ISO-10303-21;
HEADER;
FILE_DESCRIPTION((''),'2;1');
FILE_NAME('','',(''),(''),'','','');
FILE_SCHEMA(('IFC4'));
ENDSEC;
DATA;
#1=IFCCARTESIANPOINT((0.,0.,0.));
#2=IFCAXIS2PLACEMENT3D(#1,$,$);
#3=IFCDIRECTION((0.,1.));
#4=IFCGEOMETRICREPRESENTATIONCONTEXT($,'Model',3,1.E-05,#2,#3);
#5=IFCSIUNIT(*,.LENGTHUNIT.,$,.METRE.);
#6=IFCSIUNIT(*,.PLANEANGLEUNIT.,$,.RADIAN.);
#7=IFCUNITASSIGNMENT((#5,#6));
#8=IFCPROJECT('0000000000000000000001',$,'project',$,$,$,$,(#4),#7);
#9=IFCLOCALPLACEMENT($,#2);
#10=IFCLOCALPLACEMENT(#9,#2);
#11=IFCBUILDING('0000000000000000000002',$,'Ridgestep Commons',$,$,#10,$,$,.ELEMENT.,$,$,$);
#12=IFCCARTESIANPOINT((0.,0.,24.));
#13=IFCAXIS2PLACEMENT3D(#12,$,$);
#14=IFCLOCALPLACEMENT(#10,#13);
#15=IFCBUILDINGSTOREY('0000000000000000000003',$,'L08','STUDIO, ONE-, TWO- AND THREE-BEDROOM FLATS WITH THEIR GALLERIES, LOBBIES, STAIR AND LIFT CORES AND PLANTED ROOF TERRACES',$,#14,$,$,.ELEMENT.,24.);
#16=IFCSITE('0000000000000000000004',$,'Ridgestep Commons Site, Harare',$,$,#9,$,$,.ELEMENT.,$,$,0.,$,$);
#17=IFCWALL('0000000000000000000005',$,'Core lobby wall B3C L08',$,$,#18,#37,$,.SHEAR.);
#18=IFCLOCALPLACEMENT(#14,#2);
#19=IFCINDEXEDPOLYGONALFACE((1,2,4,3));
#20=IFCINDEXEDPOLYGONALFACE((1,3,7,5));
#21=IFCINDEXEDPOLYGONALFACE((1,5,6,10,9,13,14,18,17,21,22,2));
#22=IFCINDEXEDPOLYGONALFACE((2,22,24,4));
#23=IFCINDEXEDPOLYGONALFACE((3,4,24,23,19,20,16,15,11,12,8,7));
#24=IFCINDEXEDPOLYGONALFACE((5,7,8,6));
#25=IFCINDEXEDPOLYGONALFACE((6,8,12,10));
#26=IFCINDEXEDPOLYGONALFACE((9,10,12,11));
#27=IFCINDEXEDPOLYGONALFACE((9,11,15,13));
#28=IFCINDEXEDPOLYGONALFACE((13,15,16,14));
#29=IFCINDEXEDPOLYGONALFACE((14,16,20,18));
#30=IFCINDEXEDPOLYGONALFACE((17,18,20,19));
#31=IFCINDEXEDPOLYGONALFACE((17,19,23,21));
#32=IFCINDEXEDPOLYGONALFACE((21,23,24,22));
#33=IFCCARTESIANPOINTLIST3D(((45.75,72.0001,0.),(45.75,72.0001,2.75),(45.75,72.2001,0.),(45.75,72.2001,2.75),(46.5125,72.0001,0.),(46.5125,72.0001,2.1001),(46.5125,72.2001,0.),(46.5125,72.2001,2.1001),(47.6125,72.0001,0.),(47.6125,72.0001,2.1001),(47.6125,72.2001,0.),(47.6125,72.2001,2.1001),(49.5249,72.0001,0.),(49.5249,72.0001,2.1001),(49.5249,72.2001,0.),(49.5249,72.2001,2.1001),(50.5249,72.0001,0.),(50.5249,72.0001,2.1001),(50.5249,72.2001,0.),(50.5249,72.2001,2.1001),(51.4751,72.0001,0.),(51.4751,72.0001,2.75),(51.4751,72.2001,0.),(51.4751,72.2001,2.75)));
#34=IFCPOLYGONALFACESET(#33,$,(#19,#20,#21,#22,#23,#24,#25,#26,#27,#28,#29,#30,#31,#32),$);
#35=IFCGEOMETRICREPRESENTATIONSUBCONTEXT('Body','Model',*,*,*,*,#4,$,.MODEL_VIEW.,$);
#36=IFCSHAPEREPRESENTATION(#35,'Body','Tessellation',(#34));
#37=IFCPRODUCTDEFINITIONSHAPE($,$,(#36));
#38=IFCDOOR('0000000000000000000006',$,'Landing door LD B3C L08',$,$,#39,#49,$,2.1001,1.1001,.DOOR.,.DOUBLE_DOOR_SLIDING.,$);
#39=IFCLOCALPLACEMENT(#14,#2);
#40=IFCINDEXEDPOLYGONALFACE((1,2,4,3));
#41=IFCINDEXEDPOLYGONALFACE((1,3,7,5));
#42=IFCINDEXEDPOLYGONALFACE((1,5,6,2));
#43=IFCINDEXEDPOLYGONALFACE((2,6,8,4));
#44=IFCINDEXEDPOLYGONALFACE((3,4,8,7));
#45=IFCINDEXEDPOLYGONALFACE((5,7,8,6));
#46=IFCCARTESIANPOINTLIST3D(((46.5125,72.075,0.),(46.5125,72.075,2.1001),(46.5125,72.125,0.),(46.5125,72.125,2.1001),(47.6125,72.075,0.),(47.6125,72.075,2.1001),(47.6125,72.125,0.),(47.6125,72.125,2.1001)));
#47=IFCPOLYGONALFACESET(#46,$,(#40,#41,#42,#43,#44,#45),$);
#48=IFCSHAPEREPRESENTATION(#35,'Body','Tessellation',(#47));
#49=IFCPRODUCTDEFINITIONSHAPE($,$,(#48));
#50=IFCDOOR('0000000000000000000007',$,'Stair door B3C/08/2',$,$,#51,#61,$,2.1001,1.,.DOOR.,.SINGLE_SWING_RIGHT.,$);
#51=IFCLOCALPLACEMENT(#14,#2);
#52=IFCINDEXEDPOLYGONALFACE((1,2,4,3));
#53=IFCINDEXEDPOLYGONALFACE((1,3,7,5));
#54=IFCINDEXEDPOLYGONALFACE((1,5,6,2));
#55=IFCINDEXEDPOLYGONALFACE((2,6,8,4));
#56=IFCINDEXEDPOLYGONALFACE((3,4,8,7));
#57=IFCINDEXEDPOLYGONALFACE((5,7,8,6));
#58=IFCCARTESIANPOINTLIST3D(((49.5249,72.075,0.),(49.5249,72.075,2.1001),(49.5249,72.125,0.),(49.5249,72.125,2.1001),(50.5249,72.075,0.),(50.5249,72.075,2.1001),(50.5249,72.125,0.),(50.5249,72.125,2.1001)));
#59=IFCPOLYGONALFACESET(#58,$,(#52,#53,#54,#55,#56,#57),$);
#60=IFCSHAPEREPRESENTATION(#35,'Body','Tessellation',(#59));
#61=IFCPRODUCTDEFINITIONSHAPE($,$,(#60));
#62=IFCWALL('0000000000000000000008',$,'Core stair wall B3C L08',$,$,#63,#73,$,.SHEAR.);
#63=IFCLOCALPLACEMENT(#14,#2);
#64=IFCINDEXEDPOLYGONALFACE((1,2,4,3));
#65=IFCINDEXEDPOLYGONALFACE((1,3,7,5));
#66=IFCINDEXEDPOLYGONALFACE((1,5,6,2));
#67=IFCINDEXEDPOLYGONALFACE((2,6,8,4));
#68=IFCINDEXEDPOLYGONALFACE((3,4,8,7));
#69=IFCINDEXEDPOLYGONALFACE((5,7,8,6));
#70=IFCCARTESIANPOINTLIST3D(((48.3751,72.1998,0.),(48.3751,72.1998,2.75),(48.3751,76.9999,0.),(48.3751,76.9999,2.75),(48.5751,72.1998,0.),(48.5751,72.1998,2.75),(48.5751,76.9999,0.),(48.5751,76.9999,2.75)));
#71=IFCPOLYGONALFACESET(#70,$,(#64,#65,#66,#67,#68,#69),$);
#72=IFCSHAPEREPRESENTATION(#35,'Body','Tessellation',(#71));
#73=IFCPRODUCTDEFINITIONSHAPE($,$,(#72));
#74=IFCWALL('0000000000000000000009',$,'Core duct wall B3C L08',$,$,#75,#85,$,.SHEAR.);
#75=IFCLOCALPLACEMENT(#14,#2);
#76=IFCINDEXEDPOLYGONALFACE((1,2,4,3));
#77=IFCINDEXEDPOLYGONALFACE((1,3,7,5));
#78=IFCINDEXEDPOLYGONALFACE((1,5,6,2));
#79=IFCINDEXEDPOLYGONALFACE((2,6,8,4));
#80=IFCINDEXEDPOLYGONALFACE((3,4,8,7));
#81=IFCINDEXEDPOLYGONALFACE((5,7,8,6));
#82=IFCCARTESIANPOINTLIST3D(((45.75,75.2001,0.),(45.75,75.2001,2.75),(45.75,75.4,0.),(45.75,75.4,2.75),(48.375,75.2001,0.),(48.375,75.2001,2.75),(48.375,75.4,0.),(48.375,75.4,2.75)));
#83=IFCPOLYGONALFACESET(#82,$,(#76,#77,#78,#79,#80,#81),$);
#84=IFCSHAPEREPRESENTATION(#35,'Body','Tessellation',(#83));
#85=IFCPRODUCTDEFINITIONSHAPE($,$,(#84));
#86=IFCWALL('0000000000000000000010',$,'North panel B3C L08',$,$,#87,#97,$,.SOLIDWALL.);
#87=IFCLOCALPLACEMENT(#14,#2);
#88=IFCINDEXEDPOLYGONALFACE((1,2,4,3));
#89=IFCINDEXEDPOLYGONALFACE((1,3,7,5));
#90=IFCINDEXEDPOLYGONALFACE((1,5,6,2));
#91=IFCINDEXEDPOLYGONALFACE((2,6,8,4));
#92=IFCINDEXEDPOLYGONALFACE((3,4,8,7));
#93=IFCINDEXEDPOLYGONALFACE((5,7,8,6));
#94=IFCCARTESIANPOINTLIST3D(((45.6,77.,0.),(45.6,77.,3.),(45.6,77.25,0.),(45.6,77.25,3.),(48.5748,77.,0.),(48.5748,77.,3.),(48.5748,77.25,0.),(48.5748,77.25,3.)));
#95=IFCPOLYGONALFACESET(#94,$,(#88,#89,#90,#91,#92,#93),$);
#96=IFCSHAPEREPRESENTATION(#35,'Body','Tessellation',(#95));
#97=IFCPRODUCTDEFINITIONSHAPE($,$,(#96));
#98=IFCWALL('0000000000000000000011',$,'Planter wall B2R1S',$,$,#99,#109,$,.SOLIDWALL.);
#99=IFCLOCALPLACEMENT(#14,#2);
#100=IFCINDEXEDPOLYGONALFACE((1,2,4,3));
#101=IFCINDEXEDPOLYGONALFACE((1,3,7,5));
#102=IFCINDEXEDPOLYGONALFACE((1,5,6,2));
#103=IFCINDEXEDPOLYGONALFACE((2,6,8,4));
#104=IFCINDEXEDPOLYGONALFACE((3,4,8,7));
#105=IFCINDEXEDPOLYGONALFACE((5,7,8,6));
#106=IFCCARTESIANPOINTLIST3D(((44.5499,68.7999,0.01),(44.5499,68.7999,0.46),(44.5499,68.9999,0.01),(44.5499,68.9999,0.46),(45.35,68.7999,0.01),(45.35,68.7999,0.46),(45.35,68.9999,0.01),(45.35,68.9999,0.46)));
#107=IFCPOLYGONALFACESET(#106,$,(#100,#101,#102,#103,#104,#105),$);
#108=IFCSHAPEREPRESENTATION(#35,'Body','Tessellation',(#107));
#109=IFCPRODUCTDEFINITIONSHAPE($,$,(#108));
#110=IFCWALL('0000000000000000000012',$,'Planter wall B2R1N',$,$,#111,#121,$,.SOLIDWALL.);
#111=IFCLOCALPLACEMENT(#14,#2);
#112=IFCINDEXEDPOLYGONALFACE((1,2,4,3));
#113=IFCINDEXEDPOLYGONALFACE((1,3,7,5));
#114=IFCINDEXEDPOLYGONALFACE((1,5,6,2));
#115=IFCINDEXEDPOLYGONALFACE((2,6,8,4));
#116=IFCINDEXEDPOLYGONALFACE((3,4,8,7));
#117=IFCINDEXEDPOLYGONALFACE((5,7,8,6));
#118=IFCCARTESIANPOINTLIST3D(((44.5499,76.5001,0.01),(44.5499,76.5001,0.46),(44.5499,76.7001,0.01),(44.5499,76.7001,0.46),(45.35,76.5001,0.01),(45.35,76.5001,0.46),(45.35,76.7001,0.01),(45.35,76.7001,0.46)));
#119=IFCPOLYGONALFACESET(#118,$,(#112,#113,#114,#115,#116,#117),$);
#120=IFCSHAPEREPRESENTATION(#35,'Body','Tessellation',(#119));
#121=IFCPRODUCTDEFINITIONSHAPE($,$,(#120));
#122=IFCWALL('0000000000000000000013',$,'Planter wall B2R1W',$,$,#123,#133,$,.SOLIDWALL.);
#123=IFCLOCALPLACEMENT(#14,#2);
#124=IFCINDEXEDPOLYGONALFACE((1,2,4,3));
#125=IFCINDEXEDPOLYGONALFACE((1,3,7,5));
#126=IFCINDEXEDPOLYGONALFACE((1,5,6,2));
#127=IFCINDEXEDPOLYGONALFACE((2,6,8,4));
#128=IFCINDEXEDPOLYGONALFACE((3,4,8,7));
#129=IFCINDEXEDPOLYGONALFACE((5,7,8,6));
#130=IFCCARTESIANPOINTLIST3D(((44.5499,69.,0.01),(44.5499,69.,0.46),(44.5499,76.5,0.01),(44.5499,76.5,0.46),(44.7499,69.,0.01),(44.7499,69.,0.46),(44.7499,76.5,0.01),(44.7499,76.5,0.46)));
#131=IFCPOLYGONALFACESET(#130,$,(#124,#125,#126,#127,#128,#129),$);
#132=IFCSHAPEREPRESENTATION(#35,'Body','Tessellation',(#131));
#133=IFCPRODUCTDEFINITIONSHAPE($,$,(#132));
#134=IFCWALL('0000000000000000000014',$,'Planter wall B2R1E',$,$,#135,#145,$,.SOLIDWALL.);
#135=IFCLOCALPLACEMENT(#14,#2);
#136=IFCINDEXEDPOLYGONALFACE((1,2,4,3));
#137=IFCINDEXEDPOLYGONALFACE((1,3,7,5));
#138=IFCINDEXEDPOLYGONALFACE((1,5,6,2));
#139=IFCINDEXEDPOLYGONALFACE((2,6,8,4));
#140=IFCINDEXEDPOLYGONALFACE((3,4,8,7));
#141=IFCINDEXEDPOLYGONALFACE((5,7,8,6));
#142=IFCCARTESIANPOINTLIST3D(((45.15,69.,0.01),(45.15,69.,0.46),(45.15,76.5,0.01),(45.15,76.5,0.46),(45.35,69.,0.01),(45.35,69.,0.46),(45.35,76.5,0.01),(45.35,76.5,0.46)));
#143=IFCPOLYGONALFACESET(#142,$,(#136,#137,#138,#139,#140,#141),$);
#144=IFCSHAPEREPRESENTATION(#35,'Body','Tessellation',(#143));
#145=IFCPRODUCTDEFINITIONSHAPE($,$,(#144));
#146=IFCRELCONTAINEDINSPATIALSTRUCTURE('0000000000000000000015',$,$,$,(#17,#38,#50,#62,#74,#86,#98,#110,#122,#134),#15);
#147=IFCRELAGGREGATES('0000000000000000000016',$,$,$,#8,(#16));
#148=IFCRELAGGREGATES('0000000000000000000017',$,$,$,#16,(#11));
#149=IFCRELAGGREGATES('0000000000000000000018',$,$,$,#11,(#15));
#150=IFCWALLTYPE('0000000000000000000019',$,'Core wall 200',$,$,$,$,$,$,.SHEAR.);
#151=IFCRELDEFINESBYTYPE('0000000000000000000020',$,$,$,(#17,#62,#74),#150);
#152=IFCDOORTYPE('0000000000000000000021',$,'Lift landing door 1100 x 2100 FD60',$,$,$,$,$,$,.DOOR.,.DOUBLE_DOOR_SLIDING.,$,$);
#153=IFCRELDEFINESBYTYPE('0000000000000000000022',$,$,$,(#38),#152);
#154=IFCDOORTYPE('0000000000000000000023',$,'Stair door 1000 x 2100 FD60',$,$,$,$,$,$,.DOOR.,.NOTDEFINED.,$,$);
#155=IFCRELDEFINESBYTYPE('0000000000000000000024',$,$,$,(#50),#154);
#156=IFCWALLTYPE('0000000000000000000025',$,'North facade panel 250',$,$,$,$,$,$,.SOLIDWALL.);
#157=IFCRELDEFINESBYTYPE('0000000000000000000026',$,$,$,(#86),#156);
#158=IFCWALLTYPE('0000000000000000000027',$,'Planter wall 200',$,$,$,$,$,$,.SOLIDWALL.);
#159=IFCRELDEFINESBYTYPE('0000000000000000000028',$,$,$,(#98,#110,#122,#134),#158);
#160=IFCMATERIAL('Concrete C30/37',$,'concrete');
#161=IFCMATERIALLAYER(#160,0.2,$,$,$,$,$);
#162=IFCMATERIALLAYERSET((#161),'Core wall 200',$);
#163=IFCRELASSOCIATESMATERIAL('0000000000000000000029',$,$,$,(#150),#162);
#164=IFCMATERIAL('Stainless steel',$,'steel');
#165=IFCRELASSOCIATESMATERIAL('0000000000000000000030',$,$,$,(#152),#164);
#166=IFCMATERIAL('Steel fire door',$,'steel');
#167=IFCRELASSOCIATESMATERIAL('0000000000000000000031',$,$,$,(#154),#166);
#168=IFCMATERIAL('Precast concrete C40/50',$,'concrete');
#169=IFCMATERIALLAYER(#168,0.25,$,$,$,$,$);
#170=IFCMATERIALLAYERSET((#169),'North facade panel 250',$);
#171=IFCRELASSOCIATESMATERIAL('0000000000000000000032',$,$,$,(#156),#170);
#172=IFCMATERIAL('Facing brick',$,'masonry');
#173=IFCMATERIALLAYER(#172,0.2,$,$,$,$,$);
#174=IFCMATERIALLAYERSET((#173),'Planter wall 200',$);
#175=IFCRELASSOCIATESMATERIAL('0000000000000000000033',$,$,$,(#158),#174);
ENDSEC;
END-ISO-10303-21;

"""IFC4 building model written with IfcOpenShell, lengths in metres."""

from ifc_helpers import new_model, si_unit, direction, frame, frame_2d, origin, place, context, subcontext, project, spatial, rectangle, extrude, material, layer, layer_set, type_object, element, fill, save


model = new_model("IFC4")

# Units and contexts
model_context = context("Model", 3, precision=1e-05, world=origin(), true_north=direction((0.0, 1.0)))
body_context = subcontext(model_context, "Body", "Model", "MODEL_VIEW")
ifc_project = project(units=[si_unit("LENGTHUNIT", "METRE"), si_unit("PLANEANGLEUNIT", "RADIAN")], contexts=[model_context])

# Site, building, storey
site_placement = place(None, origin())
site = spatial("IfcSite", under=ifc_project, at=site_placement, Name="Ridgestep Commons Site, Harare", CompositionType="ELEMENT", RefElevation=0.0)
building_placement = place(site_placement, origin())
building = spatial("IfcBuilding", under=site, at=building_placement, Name="Ridgestep Commons", CompositionType="ELEMENT")
storey_placement = place(building_placement, frame((0.0, 0.0, 24.0)))
storey = spatial("IfcBuildingStorey", under=building, at=storey_placement, Name="L08", Description="STUDIO, ONE-, TWO- AND THREE-BEDROOM FLATS WITH THEIR GALLERIES, LOBBIES, STAIR AND LIFT CORES AND PLANTED ROOF TERRACES", CompositionType="ELEMENT", Elevation=24.0)

# Wall, openings, doors
ifc_material_1 = material(Name="Concrete C30/37", Category="concrete")
ifc_layer_1 = layer(ifc_material_1, 0.2)
ifc_layer_set_1 = layer_set([ifc_layer_1], Name="Core wall 200")
wall_type_1 = type_object("IfcWallType", Name="Core wall 200", PredefinedType="SHEAR", material=ifc_layer_set_1)
wall_1_placement = place(storey_placement, frame((45.75, 72.1001, 0.0), z_axis=(0.0, 0.0, 1.0), x_axis=(1.0, 0.0, 0.0)))
wall_1 = element("IfcWall", 1, at=wall_1_placement, inside=storey, type_object=wall_type_1, Name="Core lobby wall B3C L08", PredefinedType="SHEAR", context=body_context, shape_type="SweptSolid", body=[
    extrude(rectangle(XDim=5.7251, YDim=0.2, at=frame_2d((2.8625, 0.0))), origin(), (0.0, 0.0, 1.0), 2.75),
])
opening_1_placement = place(wall_1_placement, frame((3.7749, 0.0, 0.0)))
opening_1 = element("IfcOpeningElement", 2, at=opening_1_placement, cuts=wall_1, PredefinedType="OPENING", context=body_context, shape_type="SweptSolid", body=[
    extrude(rectangle(XDim=1.0, YDim=2.1001, at=frame_2d((0.5, 1.05))), frame((0.0, 0.1099, 0.0), z_axis=(0.0, -1.0, 0.0), x_axis=(1.0, 0.0, 0.0)), (0.0, 0.0, 1.0), 0.22),
])
opening_2_placement = place(wall_1_placement, frame((0.7625, 0.0, 0.0)))
opening_2 = element("IfcOpeningElement", 3, at=opening_2_placement, cuts=wall_1, PredefinedType="OPENING", context=body_context, shape_type="SweptSolid", body=[
    extrude(rectangle(XDim=1.1001, YDim=2.1001, at=frame_2d((0.55, 1.05))), frame((0.0, 0.1099, 0.0), z_axis=(0.0, -1.0, 0.0), x_axis=(1.0, 0.0, 0.0)), (0.0, 0.0, 1.0), 0.22),
])
ifc_material_2 = material(Name="Stainless steel", Category="steel")
door_type_1 = type_object("IfcDoorType", Name="Lift landing door 1100 x 2100 FD60", OperationType="DOUBLE_DOOR_SLIDING", PredefinedType="DOOR", material=ifc_material_2)
door_1_placement = place(opening_2_placement, origin())
door_1 = element("IfcDoor", 4, at=door_1_placement, inside=storey, type_object=door_type_1, Name="Landing door LD B3C L08", OperationType="DOUBLE_DOOR_SLIDING", OverallHeight=2.1001, OverallWidth=1.1001, PredefinedType="DOOR", context=body_context, shape_type="SweptSolid", body=[
    extrude(rectangle(XDim=1.1001, YDim=2.1001, at=frame_2d((0.55, 1.05))), frame((0.0, 0.0249, 0.0), z_axis=(0.0, -1.0, 0.0), x_axis=(1.0, 0.0, 0.0)), (0.0, 0.0, 1.0), 0.05),
])
fill(opening_2, door_1)
ifc_material_3 = material(Name="Steel fire door", Category="steel")
door_type_2 = type_object("IfcDoorType", Name="Stair door 1000 x 2100 FD60", OperationType="NOTDEFINED", PredefinedType="DOOR", material=ifc_material_3)
door_2_placement = place(opening_1_placement, origin())
door_2 = element("IfcDoor", 5, at=door_2_placement, inside=storey, type_object=door_type_2, Name="Stair door B3C/08/2", OperationType="SINGLE_SWING_RIGHT", OverallHeight=2.1001, OverallWidth=1.0, PredefinedType="DOOR", context=body_context, shape_type="SweptSolid", body=[
    extrude(rectangle(XDim=1.0, YDim=2.1001, at=frame_2d((0.5, 1.05))), frame((0.0, 0.0249, 0.0), z_axis=(0.0, -1.0, 0.0), x_axis=(1.0, 0.0, 0.0)), (0.0, 0.0, 1.0), 0.05),
])
fill(opening_1, door_2)

# Walls
wall_2_placement = place(storey_placement, frame((48.4751, 72.2, 0.0), z_axis=(0.0, 0.0, 1.0), x_axis=(0.0, 1.0, 0.0)))
element("IfcWall", 6, at=wall_2_placement, inside=storey, type_object=wall_type_1, Name="Core stair wall B3C L08", PredefinedType="SHEAR", context=body_context, shape_type="SweptSolid", body=[
    extrude(rectangle(XDim=4.8, YDim=0.2, at=frame_2d((2.3999, 0.0))), origin(), (0.0, 0.0, 1.0), 2.75),
])
wall_3_placement = place(storey_placement, frame((45.75, 75.3, 0.0), z_axis=(0.0, 0.0, 1.0), x_axis=(1.0, 0.0, 0.0)))
element("IfcWall", 7, at=wall_3_placement, inside=storey, type_object=wall_type_1, Name="Core duct wall B3C L08", PredefinedType="SHEAR", context=body_context, shape_type="SweptSolid", body=[
    extrude(rectangle(XDim=2.625, YDim=0.2, at=frame_2d((1.3125, 0.0))), origin(), (0.0, 0.0, 1.0), 2.75),
])
ifc_material_4 = material(Name="Precast concrete C40/50", Category="concrete")
ifc_layer_2 = layer(ifc_material_4, 0.25)
ifc_layer_set_2 = layer_set([ifc_layer_2], Name="North facade panel 250")
wall_type_2 = type_object("IfcWallType", Name="North facade panel 250", PredefinedType="SOLIDWALL", material=ifc_layer_set_2)
wall_4_placement = place(storey_placement, frame((45.6001, 77.125, 0.0), z_axis=(0.0, 0.0, 1.0), x_axis=(1.0, 0.0, 0.0)))
element("IfcWall", 8, at=wall_4_placement, inside=storey, type_object=wall_type_2, Name="North panel B3C L08", PredefinedType="SOLIDWALL", context=body_context, shape_type="SweptSolid", body=[
    extrude(rectangle(XDim=2.9749, YDim=0.25, at=frame_2d((1.4873, 0.0))), origin(), (0.0, 0.0, 1.0), 3.0),
])
ifc_material_5 = material(Name="Facing brick", Category="masonry")
ifc_layer_3 = layer(ifc_material_5, 0.2)
ifc_layer_set_3 = layer_set([ifc_layer_3], Name="Planter wall 200")
wall_type_3 = type_object("IfcWallType", Name="Planter wall 200", PredefinedType="SOLIDWALL", material=ifc_layer_set_3)
for number, where, z_axis, x_axis, name in (
    (9, (44.55, 68.8999, 0.01), (0.0, 0.0, 1.0), (1.0, 0.0, 0.0), "Planter wall B2R1S"),
    (10, (44.55, 76.6001, 0.01), (0.0, 0.0, 1.0), (1.0, 0.0, 0.0), "Planter wall B2R1N"),
):
    element("IfcWall", number, at=place(storey_placement, frame(where, z_axis=z_axis, x_axis=x_axis)), inside=storey, type_object=wall_type_3, Name=name, PredefinedType="SOLIDWALL", context=body_context, shape_type="SweptSolid", body=[
        extrude(rectangle(XDim=0.8, YDim=0.2, at=frame_2d((0.3999, 0.0))), origin(), (0.0, 0.0, 1.0), 0.45),
    ])
for number, where, z_axis, x_axis, name in (
    (11, (44.6499, 69.0, 0.01), (0.0, 0.0, 1.0), (0.0, 1.0, 0.0), "Planter wall B2R1W"),
    (12, (45.25, 69.0, 0.01), (0.0, 0.0, 1.0), (0.0, 1.0, 0.0), "Planter wall B2R1E"),
):
    element("IfcWall", number, at=place(storey_placement, frame(where, z_axis=z_axis, x_axis=x_axis)), inside=storey, type_object=wall_type_3, Name=name, PredefinedType="SOLIDWALL", context=body_context, shape_type="SweptSolid", body=[
        extrude(rectangle(XDim=7.5, YDim=0.2, at=frame_2d((3.75, 0.0))), origin(), (0.0, 0.0, 1.0), 0.45),
    ])

save(model, "model.ifc")
